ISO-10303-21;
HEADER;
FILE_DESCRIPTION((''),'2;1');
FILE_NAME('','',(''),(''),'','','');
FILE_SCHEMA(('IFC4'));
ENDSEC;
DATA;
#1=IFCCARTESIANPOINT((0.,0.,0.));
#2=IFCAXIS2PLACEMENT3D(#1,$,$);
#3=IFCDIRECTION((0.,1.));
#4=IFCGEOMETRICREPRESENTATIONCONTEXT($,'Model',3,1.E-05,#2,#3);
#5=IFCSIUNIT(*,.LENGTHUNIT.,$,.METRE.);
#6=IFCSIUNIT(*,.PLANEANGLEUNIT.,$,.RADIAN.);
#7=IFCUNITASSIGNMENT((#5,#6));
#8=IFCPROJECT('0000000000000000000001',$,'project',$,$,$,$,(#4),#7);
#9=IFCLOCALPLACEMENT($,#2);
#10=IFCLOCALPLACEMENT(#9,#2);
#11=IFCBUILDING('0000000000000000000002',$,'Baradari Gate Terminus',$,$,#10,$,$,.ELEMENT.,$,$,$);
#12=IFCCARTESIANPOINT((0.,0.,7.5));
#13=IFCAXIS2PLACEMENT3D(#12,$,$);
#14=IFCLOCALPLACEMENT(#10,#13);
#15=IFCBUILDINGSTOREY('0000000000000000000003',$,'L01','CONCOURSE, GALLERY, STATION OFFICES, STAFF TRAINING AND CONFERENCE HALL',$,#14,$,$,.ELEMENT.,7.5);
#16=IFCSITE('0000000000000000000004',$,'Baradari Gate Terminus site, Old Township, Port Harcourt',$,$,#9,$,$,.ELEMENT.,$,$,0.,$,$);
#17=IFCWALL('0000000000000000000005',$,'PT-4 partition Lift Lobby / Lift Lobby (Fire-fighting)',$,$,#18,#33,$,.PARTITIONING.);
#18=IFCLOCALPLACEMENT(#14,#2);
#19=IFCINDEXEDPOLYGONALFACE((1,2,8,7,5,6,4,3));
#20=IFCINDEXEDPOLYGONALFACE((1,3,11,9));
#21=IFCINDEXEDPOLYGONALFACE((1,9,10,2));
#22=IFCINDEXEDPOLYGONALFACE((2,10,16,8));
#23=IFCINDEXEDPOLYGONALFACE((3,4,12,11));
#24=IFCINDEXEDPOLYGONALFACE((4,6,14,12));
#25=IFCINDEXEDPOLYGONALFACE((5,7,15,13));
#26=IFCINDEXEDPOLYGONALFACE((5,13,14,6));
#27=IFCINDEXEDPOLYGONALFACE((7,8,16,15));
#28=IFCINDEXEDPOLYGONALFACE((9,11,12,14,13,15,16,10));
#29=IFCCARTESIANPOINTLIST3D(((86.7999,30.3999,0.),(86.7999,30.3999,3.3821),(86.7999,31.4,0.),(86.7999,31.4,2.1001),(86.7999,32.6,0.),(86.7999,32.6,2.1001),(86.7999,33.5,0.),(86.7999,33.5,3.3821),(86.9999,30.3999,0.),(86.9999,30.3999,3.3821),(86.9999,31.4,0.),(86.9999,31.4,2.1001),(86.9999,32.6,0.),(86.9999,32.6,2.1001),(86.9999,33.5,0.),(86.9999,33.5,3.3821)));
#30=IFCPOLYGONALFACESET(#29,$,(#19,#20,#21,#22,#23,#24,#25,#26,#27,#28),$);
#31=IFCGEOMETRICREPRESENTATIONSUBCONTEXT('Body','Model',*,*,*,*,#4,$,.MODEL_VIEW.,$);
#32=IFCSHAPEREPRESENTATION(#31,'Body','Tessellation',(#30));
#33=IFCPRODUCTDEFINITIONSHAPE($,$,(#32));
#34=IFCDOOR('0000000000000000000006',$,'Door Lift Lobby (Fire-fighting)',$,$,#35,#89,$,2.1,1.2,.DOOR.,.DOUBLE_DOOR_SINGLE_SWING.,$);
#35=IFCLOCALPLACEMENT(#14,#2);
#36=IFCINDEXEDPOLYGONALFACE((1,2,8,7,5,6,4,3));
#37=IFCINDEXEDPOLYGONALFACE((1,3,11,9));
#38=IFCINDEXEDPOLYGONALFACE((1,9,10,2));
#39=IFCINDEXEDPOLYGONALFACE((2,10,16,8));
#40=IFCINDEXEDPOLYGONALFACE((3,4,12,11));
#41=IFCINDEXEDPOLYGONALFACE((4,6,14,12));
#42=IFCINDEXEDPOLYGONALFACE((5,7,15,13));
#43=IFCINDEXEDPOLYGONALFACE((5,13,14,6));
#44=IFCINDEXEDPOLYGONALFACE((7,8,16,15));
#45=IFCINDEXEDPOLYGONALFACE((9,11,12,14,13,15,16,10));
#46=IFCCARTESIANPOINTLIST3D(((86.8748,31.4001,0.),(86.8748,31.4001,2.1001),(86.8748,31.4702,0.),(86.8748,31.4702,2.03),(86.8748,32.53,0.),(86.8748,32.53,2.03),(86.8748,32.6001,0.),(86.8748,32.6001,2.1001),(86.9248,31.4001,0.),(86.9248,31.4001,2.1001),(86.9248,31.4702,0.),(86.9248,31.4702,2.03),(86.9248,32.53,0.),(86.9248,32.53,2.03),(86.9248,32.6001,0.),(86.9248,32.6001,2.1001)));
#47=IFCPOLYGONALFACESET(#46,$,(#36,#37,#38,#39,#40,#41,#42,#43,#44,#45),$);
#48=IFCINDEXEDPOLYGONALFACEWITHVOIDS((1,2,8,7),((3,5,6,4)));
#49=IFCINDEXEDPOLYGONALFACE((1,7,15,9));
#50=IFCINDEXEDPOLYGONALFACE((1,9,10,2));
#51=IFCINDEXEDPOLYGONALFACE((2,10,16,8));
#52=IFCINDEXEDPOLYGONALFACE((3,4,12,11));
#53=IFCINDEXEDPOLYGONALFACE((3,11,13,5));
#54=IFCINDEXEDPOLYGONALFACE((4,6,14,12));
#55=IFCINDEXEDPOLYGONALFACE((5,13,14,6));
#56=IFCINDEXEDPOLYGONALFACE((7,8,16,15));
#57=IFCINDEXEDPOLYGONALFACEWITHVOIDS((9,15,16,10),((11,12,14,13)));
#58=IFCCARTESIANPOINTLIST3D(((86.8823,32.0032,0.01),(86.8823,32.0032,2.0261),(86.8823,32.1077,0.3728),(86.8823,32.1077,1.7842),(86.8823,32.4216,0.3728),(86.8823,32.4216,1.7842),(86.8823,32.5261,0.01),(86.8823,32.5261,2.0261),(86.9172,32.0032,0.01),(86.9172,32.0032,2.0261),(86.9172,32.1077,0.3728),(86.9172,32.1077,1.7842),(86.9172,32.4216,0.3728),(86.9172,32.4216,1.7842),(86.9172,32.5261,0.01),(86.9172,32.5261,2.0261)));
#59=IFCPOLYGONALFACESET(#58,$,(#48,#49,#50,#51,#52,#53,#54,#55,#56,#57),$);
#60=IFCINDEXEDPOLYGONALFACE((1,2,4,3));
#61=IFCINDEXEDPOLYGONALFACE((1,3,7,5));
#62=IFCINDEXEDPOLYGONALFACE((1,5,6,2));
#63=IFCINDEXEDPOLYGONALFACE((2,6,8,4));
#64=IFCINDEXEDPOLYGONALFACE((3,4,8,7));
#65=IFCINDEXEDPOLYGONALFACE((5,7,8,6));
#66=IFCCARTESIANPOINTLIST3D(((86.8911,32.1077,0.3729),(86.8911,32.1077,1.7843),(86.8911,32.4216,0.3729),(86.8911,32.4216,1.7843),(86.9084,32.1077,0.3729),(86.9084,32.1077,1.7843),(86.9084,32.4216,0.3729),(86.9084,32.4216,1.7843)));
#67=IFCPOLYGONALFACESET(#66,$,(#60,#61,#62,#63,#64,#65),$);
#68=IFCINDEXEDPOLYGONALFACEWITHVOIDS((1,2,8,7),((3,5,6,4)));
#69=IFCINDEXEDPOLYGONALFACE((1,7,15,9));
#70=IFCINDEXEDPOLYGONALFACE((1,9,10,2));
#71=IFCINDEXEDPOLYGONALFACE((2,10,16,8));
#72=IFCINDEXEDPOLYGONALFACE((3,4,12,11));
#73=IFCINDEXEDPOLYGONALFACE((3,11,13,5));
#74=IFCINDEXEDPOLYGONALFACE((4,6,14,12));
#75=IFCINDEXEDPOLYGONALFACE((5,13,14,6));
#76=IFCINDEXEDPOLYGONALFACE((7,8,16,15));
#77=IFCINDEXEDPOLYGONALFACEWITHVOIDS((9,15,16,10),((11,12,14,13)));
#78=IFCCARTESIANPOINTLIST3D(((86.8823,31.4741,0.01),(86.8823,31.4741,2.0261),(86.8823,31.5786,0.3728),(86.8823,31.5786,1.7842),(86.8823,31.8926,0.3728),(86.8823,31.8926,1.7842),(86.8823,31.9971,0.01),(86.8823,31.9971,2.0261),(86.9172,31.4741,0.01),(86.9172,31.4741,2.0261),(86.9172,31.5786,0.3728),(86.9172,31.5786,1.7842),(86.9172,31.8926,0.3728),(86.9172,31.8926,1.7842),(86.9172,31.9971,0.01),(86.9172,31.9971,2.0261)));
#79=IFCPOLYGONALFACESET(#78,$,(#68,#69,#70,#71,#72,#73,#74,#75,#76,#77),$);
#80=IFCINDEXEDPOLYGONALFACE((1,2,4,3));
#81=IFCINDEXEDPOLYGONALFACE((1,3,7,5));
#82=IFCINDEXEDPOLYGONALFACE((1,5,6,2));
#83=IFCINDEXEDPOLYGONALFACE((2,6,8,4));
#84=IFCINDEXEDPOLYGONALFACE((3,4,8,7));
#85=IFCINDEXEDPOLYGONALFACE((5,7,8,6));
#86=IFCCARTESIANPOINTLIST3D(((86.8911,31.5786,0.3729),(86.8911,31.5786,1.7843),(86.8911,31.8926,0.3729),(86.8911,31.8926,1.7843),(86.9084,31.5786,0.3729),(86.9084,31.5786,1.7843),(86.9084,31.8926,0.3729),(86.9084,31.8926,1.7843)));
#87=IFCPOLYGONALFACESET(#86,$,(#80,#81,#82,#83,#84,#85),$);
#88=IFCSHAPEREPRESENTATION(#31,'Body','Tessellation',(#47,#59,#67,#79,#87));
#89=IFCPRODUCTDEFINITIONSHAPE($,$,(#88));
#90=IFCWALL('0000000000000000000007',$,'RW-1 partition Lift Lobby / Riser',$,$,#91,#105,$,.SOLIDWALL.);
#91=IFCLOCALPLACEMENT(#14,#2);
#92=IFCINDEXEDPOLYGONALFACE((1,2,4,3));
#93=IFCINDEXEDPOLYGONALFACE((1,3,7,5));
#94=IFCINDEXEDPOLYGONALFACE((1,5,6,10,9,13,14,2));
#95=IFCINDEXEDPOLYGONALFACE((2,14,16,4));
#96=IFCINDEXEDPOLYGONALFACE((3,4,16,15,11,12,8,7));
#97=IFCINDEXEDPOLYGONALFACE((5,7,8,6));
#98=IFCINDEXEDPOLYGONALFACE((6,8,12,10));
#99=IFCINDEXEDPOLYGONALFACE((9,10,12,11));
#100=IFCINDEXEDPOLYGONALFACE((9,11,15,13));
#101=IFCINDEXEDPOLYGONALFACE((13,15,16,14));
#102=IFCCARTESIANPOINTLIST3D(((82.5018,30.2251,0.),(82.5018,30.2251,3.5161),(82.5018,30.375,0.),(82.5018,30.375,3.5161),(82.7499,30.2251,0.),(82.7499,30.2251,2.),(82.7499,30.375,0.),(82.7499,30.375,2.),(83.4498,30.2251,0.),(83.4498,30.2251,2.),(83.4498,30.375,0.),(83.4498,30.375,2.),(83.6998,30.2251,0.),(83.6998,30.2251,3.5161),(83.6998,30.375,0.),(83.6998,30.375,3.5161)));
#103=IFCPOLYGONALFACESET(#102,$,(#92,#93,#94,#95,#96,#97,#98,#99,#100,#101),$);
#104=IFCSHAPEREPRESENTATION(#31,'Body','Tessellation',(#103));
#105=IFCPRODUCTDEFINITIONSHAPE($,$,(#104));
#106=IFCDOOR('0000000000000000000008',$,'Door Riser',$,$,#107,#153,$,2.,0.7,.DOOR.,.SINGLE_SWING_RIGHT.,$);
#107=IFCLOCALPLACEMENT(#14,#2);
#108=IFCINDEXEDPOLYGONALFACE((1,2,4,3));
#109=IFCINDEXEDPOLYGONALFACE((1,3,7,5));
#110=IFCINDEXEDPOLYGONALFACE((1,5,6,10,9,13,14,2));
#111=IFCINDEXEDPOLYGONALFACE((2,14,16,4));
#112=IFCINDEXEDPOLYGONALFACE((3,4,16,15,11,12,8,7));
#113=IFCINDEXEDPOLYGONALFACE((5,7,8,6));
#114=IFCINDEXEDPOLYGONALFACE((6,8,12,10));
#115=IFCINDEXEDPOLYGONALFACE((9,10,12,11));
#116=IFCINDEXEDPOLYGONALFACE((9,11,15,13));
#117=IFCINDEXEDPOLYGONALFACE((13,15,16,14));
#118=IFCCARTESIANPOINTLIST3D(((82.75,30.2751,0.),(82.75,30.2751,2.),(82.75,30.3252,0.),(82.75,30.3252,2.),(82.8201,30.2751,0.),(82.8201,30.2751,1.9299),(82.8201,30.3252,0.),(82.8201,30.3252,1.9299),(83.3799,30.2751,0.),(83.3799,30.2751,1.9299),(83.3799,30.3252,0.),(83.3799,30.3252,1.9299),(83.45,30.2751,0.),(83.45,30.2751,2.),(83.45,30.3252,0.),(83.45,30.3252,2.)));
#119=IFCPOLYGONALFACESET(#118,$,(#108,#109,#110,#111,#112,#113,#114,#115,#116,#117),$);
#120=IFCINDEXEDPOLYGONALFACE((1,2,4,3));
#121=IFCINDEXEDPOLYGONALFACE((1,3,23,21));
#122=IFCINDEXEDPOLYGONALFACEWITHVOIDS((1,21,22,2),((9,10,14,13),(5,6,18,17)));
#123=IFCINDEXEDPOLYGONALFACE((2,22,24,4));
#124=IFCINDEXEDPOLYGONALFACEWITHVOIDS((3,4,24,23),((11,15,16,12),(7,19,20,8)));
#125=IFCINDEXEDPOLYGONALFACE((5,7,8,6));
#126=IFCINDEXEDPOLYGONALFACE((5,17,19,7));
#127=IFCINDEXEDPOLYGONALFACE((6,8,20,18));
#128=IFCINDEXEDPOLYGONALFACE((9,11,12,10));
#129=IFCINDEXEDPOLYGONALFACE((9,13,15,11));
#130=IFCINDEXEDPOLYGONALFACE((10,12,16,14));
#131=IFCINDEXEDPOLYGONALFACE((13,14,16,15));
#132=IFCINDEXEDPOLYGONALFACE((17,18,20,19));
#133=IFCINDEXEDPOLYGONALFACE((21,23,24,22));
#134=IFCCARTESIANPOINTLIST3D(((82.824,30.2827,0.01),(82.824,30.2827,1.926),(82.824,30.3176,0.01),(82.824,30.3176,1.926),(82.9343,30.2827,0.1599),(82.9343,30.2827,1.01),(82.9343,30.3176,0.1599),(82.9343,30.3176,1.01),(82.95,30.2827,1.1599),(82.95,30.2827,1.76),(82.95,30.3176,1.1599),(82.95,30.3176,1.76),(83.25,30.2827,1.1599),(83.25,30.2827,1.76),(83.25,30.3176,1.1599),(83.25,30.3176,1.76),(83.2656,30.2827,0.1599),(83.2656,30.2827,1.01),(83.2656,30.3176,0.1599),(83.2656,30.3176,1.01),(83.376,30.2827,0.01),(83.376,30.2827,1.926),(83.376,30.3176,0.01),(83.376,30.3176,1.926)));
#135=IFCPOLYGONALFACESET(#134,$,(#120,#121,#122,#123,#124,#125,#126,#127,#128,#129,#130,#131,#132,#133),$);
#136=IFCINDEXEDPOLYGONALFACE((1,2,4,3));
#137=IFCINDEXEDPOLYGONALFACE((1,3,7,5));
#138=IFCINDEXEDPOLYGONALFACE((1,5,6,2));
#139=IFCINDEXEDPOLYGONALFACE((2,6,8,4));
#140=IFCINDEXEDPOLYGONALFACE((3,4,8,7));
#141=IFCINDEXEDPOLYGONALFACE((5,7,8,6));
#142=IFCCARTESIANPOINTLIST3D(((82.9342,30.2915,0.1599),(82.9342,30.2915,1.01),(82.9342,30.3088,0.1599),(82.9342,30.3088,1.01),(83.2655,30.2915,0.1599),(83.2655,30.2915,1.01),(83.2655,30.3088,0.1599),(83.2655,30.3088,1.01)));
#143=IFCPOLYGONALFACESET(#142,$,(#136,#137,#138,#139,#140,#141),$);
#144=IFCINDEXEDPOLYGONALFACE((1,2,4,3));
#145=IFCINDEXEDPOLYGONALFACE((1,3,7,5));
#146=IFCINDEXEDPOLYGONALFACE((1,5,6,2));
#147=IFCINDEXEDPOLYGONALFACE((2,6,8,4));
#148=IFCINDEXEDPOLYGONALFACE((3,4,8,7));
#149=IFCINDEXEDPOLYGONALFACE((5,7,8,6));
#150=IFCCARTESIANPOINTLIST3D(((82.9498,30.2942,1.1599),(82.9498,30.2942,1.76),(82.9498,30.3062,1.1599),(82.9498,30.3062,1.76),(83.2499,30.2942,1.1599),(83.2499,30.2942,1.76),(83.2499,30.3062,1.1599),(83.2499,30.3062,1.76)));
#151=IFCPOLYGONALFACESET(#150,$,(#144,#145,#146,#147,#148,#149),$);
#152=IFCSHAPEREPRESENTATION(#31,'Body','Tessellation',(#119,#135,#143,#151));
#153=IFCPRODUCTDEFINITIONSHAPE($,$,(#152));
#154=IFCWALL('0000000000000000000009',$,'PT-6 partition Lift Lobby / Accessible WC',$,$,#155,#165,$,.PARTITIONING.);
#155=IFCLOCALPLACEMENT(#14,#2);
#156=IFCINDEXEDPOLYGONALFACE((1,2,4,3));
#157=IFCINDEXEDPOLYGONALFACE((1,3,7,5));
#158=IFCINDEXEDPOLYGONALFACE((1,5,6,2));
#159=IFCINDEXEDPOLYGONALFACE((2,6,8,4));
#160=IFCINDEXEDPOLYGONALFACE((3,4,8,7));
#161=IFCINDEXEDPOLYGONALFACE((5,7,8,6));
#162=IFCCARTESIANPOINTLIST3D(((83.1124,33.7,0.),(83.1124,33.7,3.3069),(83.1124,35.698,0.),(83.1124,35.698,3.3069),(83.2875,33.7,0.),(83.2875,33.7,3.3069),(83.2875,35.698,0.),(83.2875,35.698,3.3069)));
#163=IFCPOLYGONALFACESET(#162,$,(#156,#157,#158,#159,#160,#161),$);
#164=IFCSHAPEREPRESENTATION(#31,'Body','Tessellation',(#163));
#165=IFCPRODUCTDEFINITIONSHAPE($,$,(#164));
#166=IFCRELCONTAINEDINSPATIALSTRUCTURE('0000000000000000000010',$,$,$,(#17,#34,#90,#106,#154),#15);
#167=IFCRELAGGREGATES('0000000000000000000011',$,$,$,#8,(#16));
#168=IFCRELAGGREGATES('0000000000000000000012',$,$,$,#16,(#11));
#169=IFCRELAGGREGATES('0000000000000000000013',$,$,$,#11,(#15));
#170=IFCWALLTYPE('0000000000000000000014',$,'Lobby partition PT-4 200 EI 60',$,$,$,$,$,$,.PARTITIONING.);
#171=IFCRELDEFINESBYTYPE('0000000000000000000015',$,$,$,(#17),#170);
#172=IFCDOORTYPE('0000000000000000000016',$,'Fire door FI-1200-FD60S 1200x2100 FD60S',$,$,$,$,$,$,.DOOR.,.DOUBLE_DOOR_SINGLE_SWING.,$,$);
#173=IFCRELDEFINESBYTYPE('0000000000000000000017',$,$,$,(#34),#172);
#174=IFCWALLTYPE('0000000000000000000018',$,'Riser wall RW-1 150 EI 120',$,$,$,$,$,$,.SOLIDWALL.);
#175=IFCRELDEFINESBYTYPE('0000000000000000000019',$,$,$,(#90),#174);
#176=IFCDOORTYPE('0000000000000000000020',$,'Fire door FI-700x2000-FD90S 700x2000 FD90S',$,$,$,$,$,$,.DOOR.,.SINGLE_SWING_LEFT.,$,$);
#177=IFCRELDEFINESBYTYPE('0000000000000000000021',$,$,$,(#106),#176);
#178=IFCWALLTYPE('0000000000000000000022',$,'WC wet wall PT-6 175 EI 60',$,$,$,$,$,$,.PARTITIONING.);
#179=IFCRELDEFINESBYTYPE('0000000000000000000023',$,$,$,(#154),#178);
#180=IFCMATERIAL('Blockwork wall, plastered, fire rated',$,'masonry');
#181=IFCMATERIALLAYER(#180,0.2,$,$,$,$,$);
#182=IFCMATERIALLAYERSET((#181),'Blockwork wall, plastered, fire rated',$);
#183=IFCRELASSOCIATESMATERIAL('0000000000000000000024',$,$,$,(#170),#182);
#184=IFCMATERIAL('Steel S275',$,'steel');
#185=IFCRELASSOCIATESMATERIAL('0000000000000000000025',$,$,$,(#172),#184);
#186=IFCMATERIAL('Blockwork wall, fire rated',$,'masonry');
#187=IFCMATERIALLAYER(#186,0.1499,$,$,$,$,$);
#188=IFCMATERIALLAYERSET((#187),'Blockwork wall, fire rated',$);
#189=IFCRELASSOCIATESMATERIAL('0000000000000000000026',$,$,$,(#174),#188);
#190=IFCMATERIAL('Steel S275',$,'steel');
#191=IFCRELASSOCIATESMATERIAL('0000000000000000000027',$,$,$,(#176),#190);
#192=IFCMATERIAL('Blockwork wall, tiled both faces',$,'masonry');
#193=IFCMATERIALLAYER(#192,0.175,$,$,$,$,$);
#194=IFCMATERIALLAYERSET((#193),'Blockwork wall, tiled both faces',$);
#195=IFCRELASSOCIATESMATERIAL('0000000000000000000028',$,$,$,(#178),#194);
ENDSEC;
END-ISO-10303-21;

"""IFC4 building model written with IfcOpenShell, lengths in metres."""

from ifc_helpers import new_model, si_unit, direction, frame, frame_2d, origin, place, context, subcontext, project, spatial, polyline, rectangle, outline, extrude, material, layer, layer_set, type_object, element, fill, save


model = new_model("IFC4")

# Units and contexts
model_context = context("Model", 3, precision=1e-05, world=origin(), true_north=direction((0.0, 1.0)))
body_context = subcontext(model_context, "Body", "Model", "MODEL_VIEW")
ifc_project = project(units=[si_unit("LENGTHUNIT", "METRE"), si_unit("PLANEANGLEUNIT", "RADIAN")], contexts=[model_context])

# Site, building, storey
site_placement = place(None, origin())
site = spatial("IfcSite", under=ifc_project, at=site_placement, Name="Baradari Gate Terminus site, Old Township, Port Harcourt", CompositionType="ELEMENT", RefElevation=0.0)
building_placement = place(site_placement, origin())
building = spatial("IfcBuilding", under=site, at=building_placement, Name="Baradari Gate Terminus", CompositionType="ELEMENT")
storey_placement = place(building_placement, frame((0.0, 0.0, 7.5)))
storey = spatial("IfcBuildingStorey", under=building, at=storey_placement, Name="L01", Description="CONCOURSE, GALLERY, STATION OFFICES, STAFF TRAINING AND CONFERENCE HALL", CompositionType="ELEMENT", Elevation=7.5)

# Walls, openings, doors
ifc_material_1 = material(Name="Blockwork wall, plastered, fire rated", Category="masonry")
ifc_layer_1 = layer(ifc_material_1, 0.2)
ifc_layer_set_1 = layer_set([ifc_layer_1], Name="Blockwork wall, plastered, fire rated")
wall_type_1 = type_object("IfcWallType", Name="Lobby partition PT-4 200 EI 60", PredefinedType="PARTITIONING", material=ifc_layer_set_1)
wall_1_placement = place(storey_placement, frame((86.8999, 33.5, 0.0), z_axis=(0.0, 0.0, 1.0), x_axis=(0.0, -1.0, 0.0)))
wall_1 = element("IfcWall", 1, at=wall_1_placement, inside=storey, type_object=wall_type_1, Name="PT-4 partition Lift Lobby / Lift Lobby (Fire-fighting)", PredefinedType="PARTITIONING", context=body_context, shape_type="SweptSolid", body=[
    extrude(rectangle(XDim=3.1001, YDim=0.2, at=frame_2d((1.55, 0.0))), origin(), (0.0, 0.0, 1.0), 3.3821),
])
opening_1_placement = place(wall_1_placement, frame((0.8999, 0.0, 0.0)))
opening_1 = element("IfcOpeningElement", 2, at=opening_1_placement, cuts=wall_1, PredefinedType="OPENING", context=body_context, shape_type="SweptSolid", body=[
    extrude(rectangle(XDim=1.2, YDim=2.1001, at=frame_2d((0.6001, 1.05))), frame((0.0, 0.1099, 0.0), z_axis=(0.0, -1.0, 0.0), x_axis=(1.0, 0.0, 0.0)), (0.0, 0.0, 1.0), 0.22),
])
ifc_material_2 = material(Name="Steel S275", Category="steel")
door_type_1 = type_object("IfcDoorType", Name="Fire door FI-1200-FD60S 1200x2100 FD60S", OperationType="DOUBLE_DOOR_SINGLE_SWING", PredefinedType="DOOR", material=ifc_material_2)
door_1_placement = place(opening_1_placement, origin())
door_1 = element("IfcDoor", 3, at=door_1_placement, inside=storey, type_object=door_type_1, Name="Door Lift Lobby (Fire-fighting)", OperationType="DOUBLE_DOOR_SINGLE_SWING", OverallHeight=2.1, OverallWidth=1.2, PredefinedType="DOOR", context=body_context, shape_type="SweptSolid", body=[
    extrude(outline(polyline([(0.0, 0.0), (0.0701, 0.0), (0.0701, 2.03), (1.1299, 2.03), (1.1299, 0.0), (1.2, 0.0), (1.2, 2.1001), (0.0, 2.1001), (0.0, 0.0)])), frame((0.0, 0.0249, 0.0), z_axis=(0.0, -1.0, 0.0), x_axis=(1.0, 0.0, 0.0)), (0.0, 0.0, 1.0), 0.05),
    extrude(outline(polyline([(0.074, 0.01), (0.5969, 0.01), (0.5969, 2.0261), (0.074, 2.0261), (0.074, 0.01)]), holes=[polyline([(0.1785, 0.3728), (0.4924, 0.3728), (0.4924, 1.7842), (0.1785, 1.7842), (0.1785, 0.3728)])]), frame((0.0, 0.0173, 0.0), z_axis=(0.0, -1.0, 0.0), x_axis=(1.0, 0.0, 0.0)), (0.0, 0.0, 1.0), 0.0349),
    extrude(rectangle(XDim=0.314, YDim=1.4114, at=frame_2d((0.3354, 1.0786))), frame((0.0, 0.0085, 0.0), z_axis=(0.0, -1.0, 0.0), x_axis=(1.0, 0.0, 0.0)), (0.0, 0.0, 1.0), 0.0173),
    extrude(outline(polyline([(0.603, 0.01), (1.126, 0.01), (1.126, 2.0261), (0.603, 2.0261), (0.603, 0.01)]), holes=[polyline([(0.7075, 0.3728), (1.0215, 0.3728), (1.0215, 1.7842), (0.7075, 1.7842), (0.7075, 0.3728)])]), frame((0.0, 0.0173, 0.0), z_axis=(0.0, -1.0, 0.0), x_axis=(1.0, 0.0, 0.0)), (0.0, 0.0, 1.0), 0.0349),
    extrude(rectangle(XDim=0.314, YDim=1.4114, at=frame_2d((0.8645, 1.0786))), frame((0.0, 0.0085, 0.0), z_axis=(0.0, -1.0, 0.0), x_axis=(1.0, 0.0, 0.0)), (0.0, 0.0, 1.0), 0.0173),
])
fill(opening_1, door_1)
ifc_material_3 = material(Name="Blockwork wall, fire rated", Category="masonry")
ifc_layer_2 = layer(ifc_material_3, 0.1499)
ifc_layer_set_2 = layer_set([ifc_layer_2], Name="Blockwork wall, fire rated")
wall_type_2 = type_object("IfcWallType", Name="Riser wall RW-1 150 EI 120", PredefinedType="SOLIDWALL", material=ifc_layer_set_2)
wall_2_placement = place(storey_placement, frame((83.7, 30.3, 0.0), z_axis=(0.0, 0.0, 1.0), x_axis=(-1.0, 0.0, 0.0)))
wall_2 = element("IfcWall", 4, at=wall_2_placement, inside=storey, type_object=wall_type_2, Name="RW-1 partition Lift Lobby / Riser", PredefinedType="SOLIDWALL", context=body_context, shape_type="SweptSolid", body=[
    extrude(rectangle(XDim=1.198, YDim=0.1499, at=frame_2d((0.5991, 0.0))), origin(), (0.0, 0.0, 1.0), 3.5161),
])
opening_2_placement = place(wall_2_placement, frame((0.25, 0.0, 0.0)))
opening_2 = element("IfcOpeningElement", 5, at=opening_2_placement, cuts=wall_2, PredefinedType="OPENING", context=body_context, shape_type="SweptSolid", body=[
    extrude(rectangle(XDim=0.7, YDim=2.0, at=frame_2d((0.3501, 1.0))), frame((0.0, 0.085, 0.0), z_axis=(0.0, -1.0, 0.0), x_axis=(1.0, 0.0, 0.0)), (0.0, 0.0, 1.0), 0.1699),
])
ifc_material_4 = material(Name="Steel S275", Category="steel")
door_type_2 = type_object("IfcDoorType", Name="Fire door FI-700x2000-FD90S 700x2000 FD90S", OperationType="SINGLE_SWING_LEFT", PredefinedType="DOOR", material=ifc_material_4)
door_2_placement = place(opening_2_placement, origin())
door_2 = element("IfcDoor", 6, at=door_2_placement, inside=storey, type_object=door_type_2, Name="Door Riser", OperationType="SINGLE_SWING_RIGHT", OverallHeight=2.0, OverallWidth=0.7, PredefinedType="DOOR", context=body_context, shape_type="SweptSolid", body=[
    extrude(outline(polyline([(0.0, 0.0), (0.0701, 0.0), (0.0701, 1.9299), (0.6299, 1.9299), (0.6299, 0.0), (0.7, 0.0), (0.7, 2.0), (0.0, 2.0), (0.0, 0.0)])), frame((0.0, 0.0249, 0.0), z_axis=(0.0, -1.0, 0.0), x_axis=(1.0, 0.0, 0.0)), (0.0, 0.0, 1.0), 0.05),
    extrude(outline(polyline([(0.074, 0.01), (0.626, 0.01), (0.626, 1.926), (0.074, 1.926), (0.074, 0.01)]), holes=[polyline([(0.1843, 0.1599), (0.5156, 0.1599), (0.5156, 1.01), (0.1843, 1.01), (0.1843, 0.1599)]), polyline([(0.2, 1.1599), (0.5, 1.1599), (0.5, 1.76), (0.2, 1.76), (0.2, 1.1599)])]), frame((0.0, 0.0173, 0.0), z_axis=(0.0, -1.0, 0.0), x_axis=(1.0, 0.0, 0.0)), (0.0, 0.0, 1.0), 0.0349),
    extrude(rectangle(XDim=0.3313, YDim=0.8501, at=frame_2d((0.3501, 0.585))), frame((0.0, 0.0085, 0.0), z_axis=(0.0, -1.0, 0.0), x_axis=(1.0, 0.0, 0.0)), (0.0, 0.0, 1.0), 0.0173),
    extrude(rectangle(XDim=0.3, YDim=0.6001, at=frame_2d((0.3501, 1.46))), frame((0.0, 0.0059, 0.0), z_axis=(0.0, -1.0, 0.0), x_axis=(1.0, 0.0, 0.0)), (0.0, 0.0, 1.0), 0.012),
])
fill(opening_2, door_2)

# Wall
ifc_material_5 = material(Name="Blockwork wall, tiled both faces", Category="masonry")
ifc_layer_3 = layer(ifc_material_5, 0.175)
ifc_layer_set_3 = layer_set([ifc_layer_3], Name="Blockwork wall, tiled both faces")
wall_type_3 = type_object("IfcWallType", Name="WC wet wall PT-6 175 EI 60", PredefinedType="PARTITIONING", material=ifc_layer_set_3)
wall_3_placement = place(storey_placement, frame((83.2, 35.698, 0.0), z_axis=(0.0, 0.0, 1.0), x_axis=(0.0, -1.0, 0.0)))
element("IfcWall", 7, at=wall_3_placement, inside=storey, type_object=wall_type_3, Name="PT-6 partition Lift Lobby / Accessible WC", PredefinedType="PARTITIONING", context=body_context, shape_type="SweptSolid", body=[
    extrude(rectangle(XDim=1.998, YDim=0.175, at=frame_2d((0.999, 0.0))), origin(), (0.0, 0.0, 1.0), 3.3069),
])

save(model, "model.ifc")
